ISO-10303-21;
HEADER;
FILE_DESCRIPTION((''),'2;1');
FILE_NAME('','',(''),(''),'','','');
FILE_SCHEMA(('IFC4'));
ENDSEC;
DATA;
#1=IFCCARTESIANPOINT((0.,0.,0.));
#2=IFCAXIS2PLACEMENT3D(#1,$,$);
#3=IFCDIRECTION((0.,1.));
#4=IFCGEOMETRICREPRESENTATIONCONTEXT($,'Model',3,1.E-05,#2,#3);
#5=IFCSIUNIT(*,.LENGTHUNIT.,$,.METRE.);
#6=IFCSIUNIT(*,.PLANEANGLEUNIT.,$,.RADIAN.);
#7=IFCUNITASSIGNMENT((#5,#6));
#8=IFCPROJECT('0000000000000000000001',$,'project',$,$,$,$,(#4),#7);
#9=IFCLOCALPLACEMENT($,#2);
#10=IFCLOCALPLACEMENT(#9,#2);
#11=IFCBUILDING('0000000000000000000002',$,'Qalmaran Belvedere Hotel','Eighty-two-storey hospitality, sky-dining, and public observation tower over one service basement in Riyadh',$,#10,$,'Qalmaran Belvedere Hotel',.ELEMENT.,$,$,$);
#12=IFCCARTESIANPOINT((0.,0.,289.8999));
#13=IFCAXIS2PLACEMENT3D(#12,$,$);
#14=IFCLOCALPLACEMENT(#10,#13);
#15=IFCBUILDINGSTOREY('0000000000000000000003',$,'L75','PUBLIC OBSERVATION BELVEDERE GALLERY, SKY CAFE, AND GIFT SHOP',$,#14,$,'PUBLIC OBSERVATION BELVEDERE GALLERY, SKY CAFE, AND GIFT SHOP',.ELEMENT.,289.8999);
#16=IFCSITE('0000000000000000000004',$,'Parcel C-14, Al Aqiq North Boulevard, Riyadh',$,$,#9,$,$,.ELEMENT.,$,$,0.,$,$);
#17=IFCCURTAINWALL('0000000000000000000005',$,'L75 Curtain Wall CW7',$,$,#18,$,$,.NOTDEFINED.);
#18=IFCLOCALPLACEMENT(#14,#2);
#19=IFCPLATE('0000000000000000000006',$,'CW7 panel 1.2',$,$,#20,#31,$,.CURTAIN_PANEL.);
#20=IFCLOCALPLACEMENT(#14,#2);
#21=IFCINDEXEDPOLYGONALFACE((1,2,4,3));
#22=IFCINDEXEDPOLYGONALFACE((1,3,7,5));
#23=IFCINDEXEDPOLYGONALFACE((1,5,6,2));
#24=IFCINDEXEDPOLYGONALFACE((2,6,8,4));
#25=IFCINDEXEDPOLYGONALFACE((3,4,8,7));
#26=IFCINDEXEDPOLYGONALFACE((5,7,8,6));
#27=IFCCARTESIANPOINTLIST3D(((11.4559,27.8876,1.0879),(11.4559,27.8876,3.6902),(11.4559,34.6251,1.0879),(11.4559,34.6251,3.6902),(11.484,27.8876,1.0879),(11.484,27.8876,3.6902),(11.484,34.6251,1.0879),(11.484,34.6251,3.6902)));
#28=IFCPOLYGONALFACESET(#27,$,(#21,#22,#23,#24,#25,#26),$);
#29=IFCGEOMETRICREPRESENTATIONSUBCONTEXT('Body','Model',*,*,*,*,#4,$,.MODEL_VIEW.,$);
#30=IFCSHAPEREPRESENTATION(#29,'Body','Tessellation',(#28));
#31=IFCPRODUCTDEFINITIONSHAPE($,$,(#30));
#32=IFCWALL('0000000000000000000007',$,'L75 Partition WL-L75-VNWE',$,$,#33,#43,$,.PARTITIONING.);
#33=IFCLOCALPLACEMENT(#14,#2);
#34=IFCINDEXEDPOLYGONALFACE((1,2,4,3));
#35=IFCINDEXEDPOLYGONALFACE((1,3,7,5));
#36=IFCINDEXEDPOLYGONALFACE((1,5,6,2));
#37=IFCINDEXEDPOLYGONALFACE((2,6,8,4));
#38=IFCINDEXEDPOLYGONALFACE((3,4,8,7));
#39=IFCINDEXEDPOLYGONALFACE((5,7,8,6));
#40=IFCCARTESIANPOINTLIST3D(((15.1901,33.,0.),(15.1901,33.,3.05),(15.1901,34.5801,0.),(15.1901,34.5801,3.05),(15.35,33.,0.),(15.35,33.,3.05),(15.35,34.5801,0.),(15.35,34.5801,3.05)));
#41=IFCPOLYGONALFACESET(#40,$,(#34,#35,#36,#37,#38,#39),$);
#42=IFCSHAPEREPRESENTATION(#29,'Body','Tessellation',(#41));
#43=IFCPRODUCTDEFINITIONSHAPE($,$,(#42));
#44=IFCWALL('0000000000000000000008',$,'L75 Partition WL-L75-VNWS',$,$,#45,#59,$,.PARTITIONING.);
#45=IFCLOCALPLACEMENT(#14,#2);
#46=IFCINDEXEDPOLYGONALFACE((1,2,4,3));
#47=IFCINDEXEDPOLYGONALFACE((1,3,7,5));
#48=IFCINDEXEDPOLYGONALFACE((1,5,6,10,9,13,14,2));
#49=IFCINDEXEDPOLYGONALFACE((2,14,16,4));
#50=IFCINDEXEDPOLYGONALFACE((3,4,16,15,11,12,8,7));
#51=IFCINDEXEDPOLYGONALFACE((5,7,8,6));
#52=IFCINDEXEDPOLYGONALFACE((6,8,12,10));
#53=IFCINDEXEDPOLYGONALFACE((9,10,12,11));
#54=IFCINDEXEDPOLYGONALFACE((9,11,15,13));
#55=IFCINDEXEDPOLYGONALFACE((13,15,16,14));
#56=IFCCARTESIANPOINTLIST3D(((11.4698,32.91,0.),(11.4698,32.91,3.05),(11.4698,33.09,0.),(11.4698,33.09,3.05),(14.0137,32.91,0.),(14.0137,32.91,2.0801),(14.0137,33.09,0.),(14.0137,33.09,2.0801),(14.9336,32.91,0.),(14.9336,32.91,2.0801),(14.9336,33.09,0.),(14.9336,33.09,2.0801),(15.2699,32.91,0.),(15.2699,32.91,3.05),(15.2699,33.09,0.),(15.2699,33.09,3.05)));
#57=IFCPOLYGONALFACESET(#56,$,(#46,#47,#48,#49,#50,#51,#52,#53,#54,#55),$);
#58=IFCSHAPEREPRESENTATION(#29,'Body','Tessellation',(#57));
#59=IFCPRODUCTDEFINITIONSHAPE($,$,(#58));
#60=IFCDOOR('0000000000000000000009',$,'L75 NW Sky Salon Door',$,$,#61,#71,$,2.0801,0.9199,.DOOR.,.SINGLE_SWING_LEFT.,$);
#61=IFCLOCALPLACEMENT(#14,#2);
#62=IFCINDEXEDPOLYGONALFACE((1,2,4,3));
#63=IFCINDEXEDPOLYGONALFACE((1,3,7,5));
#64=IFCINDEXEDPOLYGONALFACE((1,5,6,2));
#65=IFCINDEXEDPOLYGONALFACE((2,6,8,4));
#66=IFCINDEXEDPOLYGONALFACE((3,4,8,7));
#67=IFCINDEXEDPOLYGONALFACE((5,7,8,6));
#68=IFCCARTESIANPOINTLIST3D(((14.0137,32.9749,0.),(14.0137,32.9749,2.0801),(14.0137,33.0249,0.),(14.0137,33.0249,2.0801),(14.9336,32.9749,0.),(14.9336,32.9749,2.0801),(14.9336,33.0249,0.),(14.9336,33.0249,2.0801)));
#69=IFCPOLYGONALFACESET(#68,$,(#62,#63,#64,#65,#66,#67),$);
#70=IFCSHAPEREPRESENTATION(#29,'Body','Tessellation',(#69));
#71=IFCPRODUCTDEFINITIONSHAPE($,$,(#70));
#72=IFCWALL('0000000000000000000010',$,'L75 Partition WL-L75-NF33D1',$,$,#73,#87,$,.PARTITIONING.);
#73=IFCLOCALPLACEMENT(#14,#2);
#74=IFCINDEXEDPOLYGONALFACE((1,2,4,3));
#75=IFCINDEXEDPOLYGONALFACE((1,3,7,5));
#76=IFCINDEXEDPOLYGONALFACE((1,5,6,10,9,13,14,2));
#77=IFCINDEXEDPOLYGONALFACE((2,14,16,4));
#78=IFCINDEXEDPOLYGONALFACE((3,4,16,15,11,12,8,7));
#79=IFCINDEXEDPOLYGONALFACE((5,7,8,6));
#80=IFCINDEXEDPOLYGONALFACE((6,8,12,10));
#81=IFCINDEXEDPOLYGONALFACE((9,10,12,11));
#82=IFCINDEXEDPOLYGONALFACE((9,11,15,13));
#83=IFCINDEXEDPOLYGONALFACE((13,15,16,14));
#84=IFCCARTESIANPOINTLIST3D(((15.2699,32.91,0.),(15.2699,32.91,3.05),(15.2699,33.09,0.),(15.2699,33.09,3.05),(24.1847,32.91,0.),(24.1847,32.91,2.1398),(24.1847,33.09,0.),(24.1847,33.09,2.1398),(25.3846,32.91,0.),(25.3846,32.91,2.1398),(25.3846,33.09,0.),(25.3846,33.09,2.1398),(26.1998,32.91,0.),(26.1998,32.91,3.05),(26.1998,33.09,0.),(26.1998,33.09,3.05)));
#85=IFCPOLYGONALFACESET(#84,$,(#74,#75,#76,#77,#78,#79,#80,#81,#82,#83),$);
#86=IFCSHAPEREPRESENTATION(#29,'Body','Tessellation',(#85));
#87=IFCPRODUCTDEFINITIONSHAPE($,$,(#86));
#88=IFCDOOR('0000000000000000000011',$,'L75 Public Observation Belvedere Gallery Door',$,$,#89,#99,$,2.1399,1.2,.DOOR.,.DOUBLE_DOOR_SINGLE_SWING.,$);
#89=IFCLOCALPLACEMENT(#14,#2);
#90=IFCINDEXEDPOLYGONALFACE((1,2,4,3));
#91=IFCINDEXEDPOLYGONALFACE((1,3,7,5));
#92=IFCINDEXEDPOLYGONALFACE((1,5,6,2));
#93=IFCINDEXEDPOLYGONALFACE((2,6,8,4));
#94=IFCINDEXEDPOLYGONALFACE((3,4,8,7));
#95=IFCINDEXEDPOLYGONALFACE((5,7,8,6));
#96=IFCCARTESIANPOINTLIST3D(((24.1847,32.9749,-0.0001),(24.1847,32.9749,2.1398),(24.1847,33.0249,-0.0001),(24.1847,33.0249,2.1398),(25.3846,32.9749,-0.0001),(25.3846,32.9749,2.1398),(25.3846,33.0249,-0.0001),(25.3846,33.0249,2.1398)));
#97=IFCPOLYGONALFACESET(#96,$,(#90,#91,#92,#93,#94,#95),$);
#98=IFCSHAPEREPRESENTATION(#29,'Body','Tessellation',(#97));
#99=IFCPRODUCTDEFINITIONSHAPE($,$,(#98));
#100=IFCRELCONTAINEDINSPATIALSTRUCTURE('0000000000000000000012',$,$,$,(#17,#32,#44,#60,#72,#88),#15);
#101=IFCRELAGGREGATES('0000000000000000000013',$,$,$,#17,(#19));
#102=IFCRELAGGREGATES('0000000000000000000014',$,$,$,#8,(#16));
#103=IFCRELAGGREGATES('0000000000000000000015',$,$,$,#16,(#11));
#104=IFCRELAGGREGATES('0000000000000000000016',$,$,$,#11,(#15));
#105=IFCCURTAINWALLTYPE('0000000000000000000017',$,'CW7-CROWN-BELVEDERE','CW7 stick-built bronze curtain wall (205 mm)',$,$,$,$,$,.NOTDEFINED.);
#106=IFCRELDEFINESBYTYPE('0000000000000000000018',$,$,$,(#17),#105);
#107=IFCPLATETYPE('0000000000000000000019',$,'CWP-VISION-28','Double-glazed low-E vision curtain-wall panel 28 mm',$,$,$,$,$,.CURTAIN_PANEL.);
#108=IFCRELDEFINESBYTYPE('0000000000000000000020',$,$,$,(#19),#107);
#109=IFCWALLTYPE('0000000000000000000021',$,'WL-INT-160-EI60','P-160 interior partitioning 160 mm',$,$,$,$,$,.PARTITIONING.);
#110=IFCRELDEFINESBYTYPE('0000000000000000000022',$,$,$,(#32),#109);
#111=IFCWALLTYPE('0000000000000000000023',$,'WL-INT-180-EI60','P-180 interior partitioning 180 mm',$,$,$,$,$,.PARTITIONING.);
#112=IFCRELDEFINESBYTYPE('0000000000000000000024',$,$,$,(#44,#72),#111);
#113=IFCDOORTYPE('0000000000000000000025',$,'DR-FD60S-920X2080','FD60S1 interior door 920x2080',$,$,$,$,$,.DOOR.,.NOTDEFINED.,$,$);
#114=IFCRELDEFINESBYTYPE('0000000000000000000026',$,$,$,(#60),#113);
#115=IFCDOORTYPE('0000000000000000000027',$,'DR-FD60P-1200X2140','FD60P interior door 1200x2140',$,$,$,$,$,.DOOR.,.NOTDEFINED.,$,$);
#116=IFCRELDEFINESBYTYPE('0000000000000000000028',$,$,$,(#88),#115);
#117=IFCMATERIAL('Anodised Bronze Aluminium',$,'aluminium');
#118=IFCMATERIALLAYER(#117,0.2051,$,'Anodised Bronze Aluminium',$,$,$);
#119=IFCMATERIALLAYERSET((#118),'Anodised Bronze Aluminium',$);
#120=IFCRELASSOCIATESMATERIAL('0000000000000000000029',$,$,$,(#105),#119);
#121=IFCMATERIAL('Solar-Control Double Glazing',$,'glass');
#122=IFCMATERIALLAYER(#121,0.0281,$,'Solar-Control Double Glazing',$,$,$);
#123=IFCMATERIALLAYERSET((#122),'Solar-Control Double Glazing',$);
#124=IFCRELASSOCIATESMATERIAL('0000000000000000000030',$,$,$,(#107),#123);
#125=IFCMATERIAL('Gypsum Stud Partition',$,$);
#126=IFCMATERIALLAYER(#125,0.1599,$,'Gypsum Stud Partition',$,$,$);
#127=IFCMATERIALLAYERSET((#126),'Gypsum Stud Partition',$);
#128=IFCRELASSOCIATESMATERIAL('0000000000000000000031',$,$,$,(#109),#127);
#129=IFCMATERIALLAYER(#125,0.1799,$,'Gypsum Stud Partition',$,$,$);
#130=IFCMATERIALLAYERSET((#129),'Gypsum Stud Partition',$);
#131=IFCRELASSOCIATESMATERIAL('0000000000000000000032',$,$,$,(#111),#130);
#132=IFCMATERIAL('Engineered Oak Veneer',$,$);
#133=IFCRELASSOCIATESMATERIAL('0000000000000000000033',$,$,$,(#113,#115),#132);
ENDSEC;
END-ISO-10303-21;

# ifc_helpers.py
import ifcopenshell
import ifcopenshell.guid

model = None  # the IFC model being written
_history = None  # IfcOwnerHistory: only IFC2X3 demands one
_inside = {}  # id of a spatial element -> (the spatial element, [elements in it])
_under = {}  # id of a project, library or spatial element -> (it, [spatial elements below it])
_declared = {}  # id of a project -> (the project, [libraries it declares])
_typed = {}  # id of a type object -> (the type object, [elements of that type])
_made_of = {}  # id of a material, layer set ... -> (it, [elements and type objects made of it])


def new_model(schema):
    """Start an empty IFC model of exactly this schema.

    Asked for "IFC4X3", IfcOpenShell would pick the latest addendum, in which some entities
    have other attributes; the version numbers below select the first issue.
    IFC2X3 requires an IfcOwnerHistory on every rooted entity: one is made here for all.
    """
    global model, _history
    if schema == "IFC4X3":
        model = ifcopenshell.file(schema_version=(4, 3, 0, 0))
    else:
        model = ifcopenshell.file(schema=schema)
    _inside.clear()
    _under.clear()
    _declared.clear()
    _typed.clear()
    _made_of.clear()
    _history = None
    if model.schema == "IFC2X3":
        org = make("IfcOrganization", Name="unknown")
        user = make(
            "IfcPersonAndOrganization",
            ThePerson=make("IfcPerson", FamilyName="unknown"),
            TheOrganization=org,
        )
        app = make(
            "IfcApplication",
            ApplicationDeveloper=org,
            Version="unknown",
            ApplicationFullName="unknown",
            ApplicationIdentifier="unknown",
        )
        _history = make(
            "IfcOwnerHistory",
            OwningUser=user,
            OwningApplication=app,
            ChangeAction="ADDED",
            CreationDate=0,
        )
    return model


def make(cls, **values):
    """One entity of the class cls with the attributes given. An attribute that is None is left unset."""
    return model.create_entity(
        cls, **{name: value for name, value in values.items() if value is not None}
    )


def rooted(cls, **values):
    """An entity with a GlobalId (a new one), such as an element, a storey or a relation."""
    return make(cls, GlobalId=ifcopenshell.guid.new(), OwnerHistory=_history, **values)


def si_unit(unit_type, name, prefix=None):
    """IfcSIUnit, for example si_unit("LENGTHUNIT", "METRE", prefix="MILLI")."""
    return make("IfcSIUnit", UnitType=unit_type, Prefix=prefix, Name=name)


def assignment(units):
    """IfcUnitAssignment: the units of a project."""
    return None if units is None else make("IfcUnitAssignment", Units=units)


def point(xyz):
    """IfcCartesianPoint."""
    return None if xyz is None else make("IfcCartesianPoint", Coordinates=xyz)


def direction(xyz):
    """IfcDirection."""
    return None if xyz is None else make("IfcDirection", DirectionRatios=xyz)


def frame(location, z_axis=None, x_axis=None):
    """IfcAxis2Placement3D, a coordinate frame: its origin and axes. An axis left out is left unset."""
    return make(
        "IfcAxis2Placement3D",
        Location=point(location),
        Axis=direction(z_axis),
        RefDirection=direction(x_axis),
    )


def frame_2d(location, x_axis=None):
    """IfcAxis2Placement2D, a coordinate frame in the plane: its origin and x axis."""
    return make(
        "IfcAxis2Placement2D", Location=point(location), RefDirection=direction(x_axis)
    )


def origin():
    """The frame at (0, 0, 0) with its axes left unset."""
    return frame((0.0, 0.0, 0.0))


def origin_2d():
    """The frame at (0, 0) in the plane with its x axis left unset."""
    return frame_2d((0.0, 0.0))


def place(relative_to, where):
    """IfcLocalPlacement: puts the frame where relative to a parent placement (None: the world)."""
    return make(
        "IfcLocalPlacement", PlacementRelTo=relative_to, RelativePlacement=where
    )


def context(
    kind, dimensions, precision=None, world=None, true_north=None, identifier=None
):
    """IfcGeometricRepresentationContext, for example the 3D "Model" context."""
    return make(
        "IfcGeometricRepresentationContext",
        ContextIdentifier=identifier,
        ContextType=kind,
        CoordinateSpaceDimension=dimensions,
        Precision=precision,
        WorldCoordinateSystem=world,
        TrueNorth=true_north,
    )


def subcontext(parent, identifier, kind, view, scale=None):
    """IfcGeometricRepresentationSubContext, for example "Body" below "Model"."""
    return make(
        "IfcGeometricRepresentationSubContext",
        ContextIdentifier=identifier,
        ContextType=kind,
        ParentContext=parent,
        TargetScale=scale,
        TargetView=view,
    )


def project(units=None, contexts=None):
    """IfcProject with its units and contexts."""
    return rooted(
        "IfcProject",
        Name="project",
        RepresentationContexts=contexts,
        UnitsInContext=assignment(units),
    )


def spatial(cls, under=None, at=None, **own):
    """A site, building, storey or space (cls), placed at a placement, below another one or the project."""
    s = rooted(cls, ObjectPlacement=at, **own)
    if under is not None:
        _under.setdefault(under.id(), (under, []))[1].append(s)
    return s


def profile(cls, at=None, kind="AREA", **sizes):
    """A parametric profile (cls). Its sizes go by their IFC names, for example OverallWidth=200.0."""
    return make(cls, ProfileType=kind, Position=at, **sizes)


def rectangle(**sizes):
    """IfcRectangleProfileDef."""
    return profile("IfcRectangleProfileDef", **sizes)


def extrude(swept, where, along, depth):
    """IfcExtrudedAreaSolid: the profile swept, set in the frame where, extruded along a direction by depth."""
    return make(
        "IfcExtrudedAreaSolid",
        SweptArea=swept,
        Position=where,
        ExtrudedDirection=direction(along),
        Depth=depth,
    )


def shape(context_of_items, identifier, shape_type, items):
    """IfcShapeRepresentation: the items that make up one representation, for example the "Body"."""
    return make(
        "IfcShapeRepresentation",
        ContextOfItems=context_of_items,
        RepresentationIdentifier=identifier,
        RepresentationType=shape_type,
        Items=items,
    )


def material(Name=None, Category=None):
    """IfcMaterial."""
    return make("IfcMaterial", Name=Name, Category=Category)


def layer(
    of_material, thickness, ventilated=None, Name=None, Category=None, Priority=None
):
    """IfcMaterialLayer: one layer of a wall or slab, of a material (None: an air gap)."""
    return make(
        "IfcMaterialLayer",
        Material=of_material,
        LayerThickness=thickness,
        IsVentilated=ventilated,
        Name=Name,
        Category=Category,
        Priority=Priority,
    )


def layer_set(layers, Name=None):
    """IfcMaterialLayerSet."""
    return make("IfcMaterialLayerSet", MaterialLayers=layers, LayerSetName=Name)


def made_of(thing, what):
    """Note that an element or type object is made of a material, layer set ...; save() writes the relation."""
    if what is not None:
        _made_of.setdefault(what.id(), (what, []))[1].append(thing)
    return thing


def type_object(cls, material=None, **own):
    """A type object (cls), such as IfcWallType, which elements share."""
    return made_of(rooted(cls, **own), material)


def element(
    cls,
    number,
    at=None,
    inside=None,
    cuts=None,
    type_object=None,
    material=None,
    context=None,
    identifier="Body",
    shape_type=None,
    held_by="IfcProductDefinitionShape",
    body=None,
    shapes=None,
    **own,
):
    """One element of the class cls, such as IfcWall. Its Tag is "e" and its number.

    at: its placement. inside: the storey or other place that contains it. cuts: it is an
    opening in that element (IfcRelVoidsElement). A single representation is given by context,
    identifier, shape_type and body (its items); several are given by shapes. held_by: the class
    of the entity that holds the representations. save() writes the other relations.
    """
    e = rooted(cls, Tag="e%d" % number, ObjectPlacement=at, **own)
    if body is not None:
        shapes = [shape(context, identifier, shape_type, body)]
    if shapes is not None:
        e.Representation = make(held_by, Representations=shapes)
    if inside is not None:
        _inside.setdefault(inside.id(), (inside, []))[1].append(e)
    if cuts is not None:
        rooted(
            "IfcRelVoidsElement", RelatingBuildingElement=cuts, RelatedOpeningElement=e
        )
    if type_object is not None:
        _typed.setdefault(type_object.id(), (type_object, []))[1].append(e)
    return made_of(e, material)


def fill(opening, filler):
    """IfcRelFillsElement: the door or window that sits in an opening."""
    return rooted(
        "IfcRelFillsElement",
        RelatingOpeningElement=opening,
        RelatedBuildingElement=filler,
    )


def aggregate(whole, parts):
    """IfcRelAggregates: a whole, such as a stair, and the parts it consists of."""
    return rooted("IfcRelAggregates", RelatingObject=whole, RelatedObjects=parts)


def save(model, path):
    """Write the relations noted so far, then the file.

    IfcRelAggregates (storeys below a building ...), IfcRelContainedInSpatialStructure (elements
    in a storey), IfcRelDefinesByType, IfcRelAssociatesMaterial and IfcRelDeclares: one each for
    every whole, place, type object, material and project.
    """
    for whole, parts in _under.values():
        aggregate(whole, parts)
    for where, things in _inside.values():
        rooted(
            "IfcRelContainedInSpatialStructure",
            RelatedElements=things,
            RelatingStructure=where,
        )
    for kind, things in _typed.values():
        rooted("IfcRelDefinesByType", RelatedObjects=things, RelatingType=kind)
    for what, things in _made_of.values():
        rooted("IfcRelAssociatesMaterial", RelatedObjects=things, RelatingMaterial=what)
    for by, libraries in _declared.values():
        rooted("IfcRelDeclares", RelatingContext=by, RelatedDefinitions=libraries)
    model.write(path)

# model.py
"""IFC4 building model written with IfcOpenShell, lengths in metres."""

from ifc_helpers import new_model, si_unit, direction, frame, frame_2d, origin, origin_2d, place, context, subcontext, project, spatial, rectangle, extrude, material, layer, layer_set, type_object, element, fill, aggregate, save


model = new_model("IFC4")

# Units and contexts
model_context = context("Model", 3, precision=1e-05, world=origin(), true_north=direction((0.0, 1.0)))
body_context = subcontext(model_context, "Body", "Model", "MODEL_VIEW")
ifc_project = project(units=[si_unit("LENGTHUNIT", "METRE"), si_unit("PLANEANGLEUNIT", "RADIAN")], contexts=[model_context])

# Site, building, storey
site_placement = place(None, origin())
site = spatial("IfcSite", under=ifc_project, at=site_placement, Name="Parcel C-14, Al Aqiq North Boulevard, Riyadh", CompositionType="ELEMENT", RefElevation=0.0)
building_placement = place(site_placement, origin())
building = spatial("IfcBuilding", under=site, at=building_placement, Name="Qalmaran Belvedere Hotel", Description="Eighty-two-storey hospitality, sky-dining, and public observation tower over one service basement in Riyadh", LongName="Qalmaran Belvedere Hotel", CompositionType="ELEMENT")
storey_placement = place(building_placement, frame((0.0, 0.0, 289.8999)))
storey = spatial("IfcBuildingStorey", under=building, at=storey_placement, Name="L75", Description="PUBLIC OBSERVATION BELVEDERE GALLERY, SKY CAFE, AND GIFT SHOP", LongName="PUBLIC OBSERVATION BELVEDERE GALLERY, SKY CAFE, AND GIFT SHOP", CompositionType="ELEMENT", Elevation=289.8999)

# Shared definitions
ifc_material_1 = material(Name="Anodised Bronze Aluminium", Category="aluminium")
ifc_layer_1 = layer(ifc_material_1, 0.2051, Name="Anodised Bronze Aluminium")
ifc_layer_set_1 = layer_set([ifc_layer_1], Name="Anodised Bronze Aluminium")
curtain_wall_type = type_object("IfcCurtainWallType", Name="CW7-CROWN-BELVEDERE", Description="CW7 stick-built bronze curtain wall (205 mm)", PredefinedType="NOTDEFINED", material=ifc_layer_set_1)

# Curtain wall
curtain_wall_1_placement = place(storey_placement, origin())
curtain_wall_1 = element("IfcCurtainWall", 1, at=curtain_wall_1_placement, inside=storey, type_object=curtain_wall_type, Name="L75 Curtain Wall CW7", PredefinedType="NOTDEFINED")

# Plate
ifc_material_2 = material(Name="Solar-Control Double Glazing", Category="glass")
ifc_layer_2 = layer(ifc_material_2, 0.0281, Name="Solar-Control Double Glazing")
ifc_layer_set_2 = layer_set([ifc_layer_2], Name="Solar-Control Double Glazing")
plate_type_1 = type_object("IfcPlateType", Name="CWP-VISION-28", Description="Double-glazed low-E vision curtain-wall panel 28 mm", PredefinedType="CURTAIN_PANEL", material=ifc_layer_set_2)
plate_1_placement = place(storey_placement, frame((11.47, 31.2563, 1.0879), z_axis=(0.0, 0.0, 1.0), x_axis=(0.0, -1.0, 0.0)))
plate_1 = element("IfcPlate", 2, at=plate_1_placement, type_object=plate_type_1, Name="CW7 panel 1.2", PredefinedType="CURTAIN_PANEL", context=body_context, shape_type="SweptSolid", body=[
    extrude(rectangle(XDim=6.7375, YDim=0.0281, at=origin_2d()), origin(), (0.0, 0.0, 1.0), 2.6023),
])
aggregate(curtain_wall_1, [plate_1])

# Wall
ifc_material_3 = material(Name="Gypsum Stud Partition")
ifc_layer_3 = layer(ifc_material_3, 0.1599, Name="Gypsum Stud Partition")
ifc_layer_set_3 = layer_set([ifc_layer_3], Name="Gypsum Stud Partition")
wall_type_1 = type_object("IfcWallType", Name="WL-INT-160-EI60", Description="P-160 interior partitioning 160 mm", PredefinedType="PARTITIONING", material=ifc_layer_set_3)
wall_1_placement = place(storey_placement, frame((15.27, 33.0, 0.0), z_axis=(0.0, 0.0, 1.0), x_axis=(0.0, 1.0, 0.0)))
element("IfcWall", 3, at=wall_1_placement, inside=storey, type_object=wall_type_1, Name="L75 Partition WL-L75-VNWE", PredefinedType="PARTITIONING", context=body_context, shape_type="SweptSolid", body=[
    extrude(rectangle(XDim=1.5801, YDim=0.1599, at=frame_2d((0.79, 0.0))), origin(), (0.0, 0.0, 1.0), 3.05),
])

# Walls, openings, doors
ifc_layer_4 = layer(ifc_material_3, 0.1799, Name="Gypsum Stud Partition")
ifc_layer_set_4 = layer_set([ifc_layer_4], Name="Gypsum Stud Partition")
wall_type_2 = type_object("IfcWallType", Name="WL-INT-180-EI60", Description="P-180 interior partitioning 180 mm", PredefinedType="PARTITIONING", material=ifc_layer_set_4)
wall_2_placement = place(storey_placement, frame((11.47, 33.0, 0.0), z_axis=(0.0, 0.0, 1.0), x_axis=(1.0, 0.0, 0.0)))
wall_2 = element("IfcWall", 4, at=wall_2_placement, inside=storey, type_object=wall_type_2, Name="L75 Partition WL-L75-VNWS", PredefinedType="PARTITIONING", context=body_context, shape_type="SweptSolid", body=[
    extrude(rectangle(XDim=3.8, YDim=0.1799, at=frame_2d((1.8999, 0.0))), origin(), (0.0, 0.0, 1.0), 3.05),
])
opening_1_placement = place(wall_2_placement, frame((2.5437, 0.0, 0.0)))
opening_1 = element("IfcOpeningElement", 5, at=opening_1_placement, cuts=wall_2, PredefinedType="OPENING", context=body_context, shape_type="SweptSolid", body=[
    extrude(rectangle(XDim=0.9199, YDim=2.0801, at=frame_2d((0.46, 1.04))), frame((0.0, 0.1001, 0.0), z_axis=(0.0, -1.0, 0.0), x_axis=(1.0, 0.0, 0.0)), (0.0, 0.0, 1.0), 0.2),
])
ifc_material_4 = material(Name="Engineered Oak Veneer")
door_type_1 = type_object("IfcDoorType", Name="DR-FD60S-920X2080", Description="FD60S1 interior door 920x2080", OperationType="NOTDEFINED", PredefinedType="DOOR", material=ifc_material_4)
door_1_placement = place(opening_1_placement, origin())
door_1 = element("IfcDoor", 6, at=door_1_placement, inside=storey, type_object=door_type_1, Name="L75 NW Sky Salon Door", OperationType="SINGLE_SWING_LEFT", OverallHeight=2.0801, OverallWidth=0.9199, PredefinedType="DOOR", context=body_context, shape_type="SweptSolid", body=[
    extrude(rectangle(XDim=0.9199, YDim=2.0801, at=frame_2d((0.46, 1.04))), frame((0.0, 0.0249, 0.0), z_axis=(0.0, -1.0, 0.0), x_axis=(1.0, 0.0, 0.0)), (0.0, 0.0, 1.0), 0.05),
])
fill(opening_1, door_1)
wall_3_placement = place(storey_placement, frame((15.27, 33.0, 0.0), z_axis=(0.0, 0.0, 1.0), x_axis=(1.0, 0.0, 0.0)))
wall_3 = element("IfcWall", 7, at=wall_3_placement, inside=storey, type_object=wall_type_2, Name="L75 Partition WL-L75-NF33D1", PredefinedType="PARTITIONING", context=body_context, shape_type="SweptSolid", body=[
    extrude(rectangle(XDim=10.9299, YDim=0.1799, at=frame_2d((5.4648, 0.0))), origin(), (0.0, 0.0, 1.0), 3.05),
])
opening_2_placement = place(wall_3_placement, frame((8.9146, 0.0, 0.0)))
opening_2 = element("IfcOpeningElement", 8, at=opening_2_placement, cuts=wall_3, PredefinedType="OPENING", context=body_context, shape_type="SweptSolid", body=[
    extrude(rectangle(XDim=1.2, YDim=2.1399, at=frame_2d((0.6001, 1.0698))), frame((0.0, 0.1001, 0.0), z_axis=(0.0, -1.0, 0.0), x_axis=(1.0, 0.0, 0.0)), (0.0, 0.0, 1.0), 0.2),
])
door_type_2 = type_object("IfcDoorType", Name="DR-FD60P-1200X2140", Description="FD60P interior door 1200x2140", OperationType="NOTDEFINED", PredefinedType="DOOR", material=ifc_material_4)
door_2_placement = place(opening_2_placement, origin())
door_2 = element("IfcDoor", 9, at=door_2_placement, inside=storey, type_object=door_type_2, Name="L75 Public Observation Belvedere Gallery Door", OperationType="DOUBLE_DOOR_SINGLE_SWING", OverallHeight=2.1399, OverallWidth=1.2, PredefinedType="DOOR", context=body_context, shape_type="SweptSolid", body=[
    extrude(rectangle(XDim=1.2, YDim=2.1399, at=frame_2d((0.6001, 1.0698))), frame((0.0, 0.0249, 0.0), z_axis=(0.0, -1.0, 0.0), x_axis=(1.0, 0.0, 0.0)), (0.0, 0.0, 1.0), 0.05),
])
fill(opening_2, door_2)

save(model, "model.ifc")
